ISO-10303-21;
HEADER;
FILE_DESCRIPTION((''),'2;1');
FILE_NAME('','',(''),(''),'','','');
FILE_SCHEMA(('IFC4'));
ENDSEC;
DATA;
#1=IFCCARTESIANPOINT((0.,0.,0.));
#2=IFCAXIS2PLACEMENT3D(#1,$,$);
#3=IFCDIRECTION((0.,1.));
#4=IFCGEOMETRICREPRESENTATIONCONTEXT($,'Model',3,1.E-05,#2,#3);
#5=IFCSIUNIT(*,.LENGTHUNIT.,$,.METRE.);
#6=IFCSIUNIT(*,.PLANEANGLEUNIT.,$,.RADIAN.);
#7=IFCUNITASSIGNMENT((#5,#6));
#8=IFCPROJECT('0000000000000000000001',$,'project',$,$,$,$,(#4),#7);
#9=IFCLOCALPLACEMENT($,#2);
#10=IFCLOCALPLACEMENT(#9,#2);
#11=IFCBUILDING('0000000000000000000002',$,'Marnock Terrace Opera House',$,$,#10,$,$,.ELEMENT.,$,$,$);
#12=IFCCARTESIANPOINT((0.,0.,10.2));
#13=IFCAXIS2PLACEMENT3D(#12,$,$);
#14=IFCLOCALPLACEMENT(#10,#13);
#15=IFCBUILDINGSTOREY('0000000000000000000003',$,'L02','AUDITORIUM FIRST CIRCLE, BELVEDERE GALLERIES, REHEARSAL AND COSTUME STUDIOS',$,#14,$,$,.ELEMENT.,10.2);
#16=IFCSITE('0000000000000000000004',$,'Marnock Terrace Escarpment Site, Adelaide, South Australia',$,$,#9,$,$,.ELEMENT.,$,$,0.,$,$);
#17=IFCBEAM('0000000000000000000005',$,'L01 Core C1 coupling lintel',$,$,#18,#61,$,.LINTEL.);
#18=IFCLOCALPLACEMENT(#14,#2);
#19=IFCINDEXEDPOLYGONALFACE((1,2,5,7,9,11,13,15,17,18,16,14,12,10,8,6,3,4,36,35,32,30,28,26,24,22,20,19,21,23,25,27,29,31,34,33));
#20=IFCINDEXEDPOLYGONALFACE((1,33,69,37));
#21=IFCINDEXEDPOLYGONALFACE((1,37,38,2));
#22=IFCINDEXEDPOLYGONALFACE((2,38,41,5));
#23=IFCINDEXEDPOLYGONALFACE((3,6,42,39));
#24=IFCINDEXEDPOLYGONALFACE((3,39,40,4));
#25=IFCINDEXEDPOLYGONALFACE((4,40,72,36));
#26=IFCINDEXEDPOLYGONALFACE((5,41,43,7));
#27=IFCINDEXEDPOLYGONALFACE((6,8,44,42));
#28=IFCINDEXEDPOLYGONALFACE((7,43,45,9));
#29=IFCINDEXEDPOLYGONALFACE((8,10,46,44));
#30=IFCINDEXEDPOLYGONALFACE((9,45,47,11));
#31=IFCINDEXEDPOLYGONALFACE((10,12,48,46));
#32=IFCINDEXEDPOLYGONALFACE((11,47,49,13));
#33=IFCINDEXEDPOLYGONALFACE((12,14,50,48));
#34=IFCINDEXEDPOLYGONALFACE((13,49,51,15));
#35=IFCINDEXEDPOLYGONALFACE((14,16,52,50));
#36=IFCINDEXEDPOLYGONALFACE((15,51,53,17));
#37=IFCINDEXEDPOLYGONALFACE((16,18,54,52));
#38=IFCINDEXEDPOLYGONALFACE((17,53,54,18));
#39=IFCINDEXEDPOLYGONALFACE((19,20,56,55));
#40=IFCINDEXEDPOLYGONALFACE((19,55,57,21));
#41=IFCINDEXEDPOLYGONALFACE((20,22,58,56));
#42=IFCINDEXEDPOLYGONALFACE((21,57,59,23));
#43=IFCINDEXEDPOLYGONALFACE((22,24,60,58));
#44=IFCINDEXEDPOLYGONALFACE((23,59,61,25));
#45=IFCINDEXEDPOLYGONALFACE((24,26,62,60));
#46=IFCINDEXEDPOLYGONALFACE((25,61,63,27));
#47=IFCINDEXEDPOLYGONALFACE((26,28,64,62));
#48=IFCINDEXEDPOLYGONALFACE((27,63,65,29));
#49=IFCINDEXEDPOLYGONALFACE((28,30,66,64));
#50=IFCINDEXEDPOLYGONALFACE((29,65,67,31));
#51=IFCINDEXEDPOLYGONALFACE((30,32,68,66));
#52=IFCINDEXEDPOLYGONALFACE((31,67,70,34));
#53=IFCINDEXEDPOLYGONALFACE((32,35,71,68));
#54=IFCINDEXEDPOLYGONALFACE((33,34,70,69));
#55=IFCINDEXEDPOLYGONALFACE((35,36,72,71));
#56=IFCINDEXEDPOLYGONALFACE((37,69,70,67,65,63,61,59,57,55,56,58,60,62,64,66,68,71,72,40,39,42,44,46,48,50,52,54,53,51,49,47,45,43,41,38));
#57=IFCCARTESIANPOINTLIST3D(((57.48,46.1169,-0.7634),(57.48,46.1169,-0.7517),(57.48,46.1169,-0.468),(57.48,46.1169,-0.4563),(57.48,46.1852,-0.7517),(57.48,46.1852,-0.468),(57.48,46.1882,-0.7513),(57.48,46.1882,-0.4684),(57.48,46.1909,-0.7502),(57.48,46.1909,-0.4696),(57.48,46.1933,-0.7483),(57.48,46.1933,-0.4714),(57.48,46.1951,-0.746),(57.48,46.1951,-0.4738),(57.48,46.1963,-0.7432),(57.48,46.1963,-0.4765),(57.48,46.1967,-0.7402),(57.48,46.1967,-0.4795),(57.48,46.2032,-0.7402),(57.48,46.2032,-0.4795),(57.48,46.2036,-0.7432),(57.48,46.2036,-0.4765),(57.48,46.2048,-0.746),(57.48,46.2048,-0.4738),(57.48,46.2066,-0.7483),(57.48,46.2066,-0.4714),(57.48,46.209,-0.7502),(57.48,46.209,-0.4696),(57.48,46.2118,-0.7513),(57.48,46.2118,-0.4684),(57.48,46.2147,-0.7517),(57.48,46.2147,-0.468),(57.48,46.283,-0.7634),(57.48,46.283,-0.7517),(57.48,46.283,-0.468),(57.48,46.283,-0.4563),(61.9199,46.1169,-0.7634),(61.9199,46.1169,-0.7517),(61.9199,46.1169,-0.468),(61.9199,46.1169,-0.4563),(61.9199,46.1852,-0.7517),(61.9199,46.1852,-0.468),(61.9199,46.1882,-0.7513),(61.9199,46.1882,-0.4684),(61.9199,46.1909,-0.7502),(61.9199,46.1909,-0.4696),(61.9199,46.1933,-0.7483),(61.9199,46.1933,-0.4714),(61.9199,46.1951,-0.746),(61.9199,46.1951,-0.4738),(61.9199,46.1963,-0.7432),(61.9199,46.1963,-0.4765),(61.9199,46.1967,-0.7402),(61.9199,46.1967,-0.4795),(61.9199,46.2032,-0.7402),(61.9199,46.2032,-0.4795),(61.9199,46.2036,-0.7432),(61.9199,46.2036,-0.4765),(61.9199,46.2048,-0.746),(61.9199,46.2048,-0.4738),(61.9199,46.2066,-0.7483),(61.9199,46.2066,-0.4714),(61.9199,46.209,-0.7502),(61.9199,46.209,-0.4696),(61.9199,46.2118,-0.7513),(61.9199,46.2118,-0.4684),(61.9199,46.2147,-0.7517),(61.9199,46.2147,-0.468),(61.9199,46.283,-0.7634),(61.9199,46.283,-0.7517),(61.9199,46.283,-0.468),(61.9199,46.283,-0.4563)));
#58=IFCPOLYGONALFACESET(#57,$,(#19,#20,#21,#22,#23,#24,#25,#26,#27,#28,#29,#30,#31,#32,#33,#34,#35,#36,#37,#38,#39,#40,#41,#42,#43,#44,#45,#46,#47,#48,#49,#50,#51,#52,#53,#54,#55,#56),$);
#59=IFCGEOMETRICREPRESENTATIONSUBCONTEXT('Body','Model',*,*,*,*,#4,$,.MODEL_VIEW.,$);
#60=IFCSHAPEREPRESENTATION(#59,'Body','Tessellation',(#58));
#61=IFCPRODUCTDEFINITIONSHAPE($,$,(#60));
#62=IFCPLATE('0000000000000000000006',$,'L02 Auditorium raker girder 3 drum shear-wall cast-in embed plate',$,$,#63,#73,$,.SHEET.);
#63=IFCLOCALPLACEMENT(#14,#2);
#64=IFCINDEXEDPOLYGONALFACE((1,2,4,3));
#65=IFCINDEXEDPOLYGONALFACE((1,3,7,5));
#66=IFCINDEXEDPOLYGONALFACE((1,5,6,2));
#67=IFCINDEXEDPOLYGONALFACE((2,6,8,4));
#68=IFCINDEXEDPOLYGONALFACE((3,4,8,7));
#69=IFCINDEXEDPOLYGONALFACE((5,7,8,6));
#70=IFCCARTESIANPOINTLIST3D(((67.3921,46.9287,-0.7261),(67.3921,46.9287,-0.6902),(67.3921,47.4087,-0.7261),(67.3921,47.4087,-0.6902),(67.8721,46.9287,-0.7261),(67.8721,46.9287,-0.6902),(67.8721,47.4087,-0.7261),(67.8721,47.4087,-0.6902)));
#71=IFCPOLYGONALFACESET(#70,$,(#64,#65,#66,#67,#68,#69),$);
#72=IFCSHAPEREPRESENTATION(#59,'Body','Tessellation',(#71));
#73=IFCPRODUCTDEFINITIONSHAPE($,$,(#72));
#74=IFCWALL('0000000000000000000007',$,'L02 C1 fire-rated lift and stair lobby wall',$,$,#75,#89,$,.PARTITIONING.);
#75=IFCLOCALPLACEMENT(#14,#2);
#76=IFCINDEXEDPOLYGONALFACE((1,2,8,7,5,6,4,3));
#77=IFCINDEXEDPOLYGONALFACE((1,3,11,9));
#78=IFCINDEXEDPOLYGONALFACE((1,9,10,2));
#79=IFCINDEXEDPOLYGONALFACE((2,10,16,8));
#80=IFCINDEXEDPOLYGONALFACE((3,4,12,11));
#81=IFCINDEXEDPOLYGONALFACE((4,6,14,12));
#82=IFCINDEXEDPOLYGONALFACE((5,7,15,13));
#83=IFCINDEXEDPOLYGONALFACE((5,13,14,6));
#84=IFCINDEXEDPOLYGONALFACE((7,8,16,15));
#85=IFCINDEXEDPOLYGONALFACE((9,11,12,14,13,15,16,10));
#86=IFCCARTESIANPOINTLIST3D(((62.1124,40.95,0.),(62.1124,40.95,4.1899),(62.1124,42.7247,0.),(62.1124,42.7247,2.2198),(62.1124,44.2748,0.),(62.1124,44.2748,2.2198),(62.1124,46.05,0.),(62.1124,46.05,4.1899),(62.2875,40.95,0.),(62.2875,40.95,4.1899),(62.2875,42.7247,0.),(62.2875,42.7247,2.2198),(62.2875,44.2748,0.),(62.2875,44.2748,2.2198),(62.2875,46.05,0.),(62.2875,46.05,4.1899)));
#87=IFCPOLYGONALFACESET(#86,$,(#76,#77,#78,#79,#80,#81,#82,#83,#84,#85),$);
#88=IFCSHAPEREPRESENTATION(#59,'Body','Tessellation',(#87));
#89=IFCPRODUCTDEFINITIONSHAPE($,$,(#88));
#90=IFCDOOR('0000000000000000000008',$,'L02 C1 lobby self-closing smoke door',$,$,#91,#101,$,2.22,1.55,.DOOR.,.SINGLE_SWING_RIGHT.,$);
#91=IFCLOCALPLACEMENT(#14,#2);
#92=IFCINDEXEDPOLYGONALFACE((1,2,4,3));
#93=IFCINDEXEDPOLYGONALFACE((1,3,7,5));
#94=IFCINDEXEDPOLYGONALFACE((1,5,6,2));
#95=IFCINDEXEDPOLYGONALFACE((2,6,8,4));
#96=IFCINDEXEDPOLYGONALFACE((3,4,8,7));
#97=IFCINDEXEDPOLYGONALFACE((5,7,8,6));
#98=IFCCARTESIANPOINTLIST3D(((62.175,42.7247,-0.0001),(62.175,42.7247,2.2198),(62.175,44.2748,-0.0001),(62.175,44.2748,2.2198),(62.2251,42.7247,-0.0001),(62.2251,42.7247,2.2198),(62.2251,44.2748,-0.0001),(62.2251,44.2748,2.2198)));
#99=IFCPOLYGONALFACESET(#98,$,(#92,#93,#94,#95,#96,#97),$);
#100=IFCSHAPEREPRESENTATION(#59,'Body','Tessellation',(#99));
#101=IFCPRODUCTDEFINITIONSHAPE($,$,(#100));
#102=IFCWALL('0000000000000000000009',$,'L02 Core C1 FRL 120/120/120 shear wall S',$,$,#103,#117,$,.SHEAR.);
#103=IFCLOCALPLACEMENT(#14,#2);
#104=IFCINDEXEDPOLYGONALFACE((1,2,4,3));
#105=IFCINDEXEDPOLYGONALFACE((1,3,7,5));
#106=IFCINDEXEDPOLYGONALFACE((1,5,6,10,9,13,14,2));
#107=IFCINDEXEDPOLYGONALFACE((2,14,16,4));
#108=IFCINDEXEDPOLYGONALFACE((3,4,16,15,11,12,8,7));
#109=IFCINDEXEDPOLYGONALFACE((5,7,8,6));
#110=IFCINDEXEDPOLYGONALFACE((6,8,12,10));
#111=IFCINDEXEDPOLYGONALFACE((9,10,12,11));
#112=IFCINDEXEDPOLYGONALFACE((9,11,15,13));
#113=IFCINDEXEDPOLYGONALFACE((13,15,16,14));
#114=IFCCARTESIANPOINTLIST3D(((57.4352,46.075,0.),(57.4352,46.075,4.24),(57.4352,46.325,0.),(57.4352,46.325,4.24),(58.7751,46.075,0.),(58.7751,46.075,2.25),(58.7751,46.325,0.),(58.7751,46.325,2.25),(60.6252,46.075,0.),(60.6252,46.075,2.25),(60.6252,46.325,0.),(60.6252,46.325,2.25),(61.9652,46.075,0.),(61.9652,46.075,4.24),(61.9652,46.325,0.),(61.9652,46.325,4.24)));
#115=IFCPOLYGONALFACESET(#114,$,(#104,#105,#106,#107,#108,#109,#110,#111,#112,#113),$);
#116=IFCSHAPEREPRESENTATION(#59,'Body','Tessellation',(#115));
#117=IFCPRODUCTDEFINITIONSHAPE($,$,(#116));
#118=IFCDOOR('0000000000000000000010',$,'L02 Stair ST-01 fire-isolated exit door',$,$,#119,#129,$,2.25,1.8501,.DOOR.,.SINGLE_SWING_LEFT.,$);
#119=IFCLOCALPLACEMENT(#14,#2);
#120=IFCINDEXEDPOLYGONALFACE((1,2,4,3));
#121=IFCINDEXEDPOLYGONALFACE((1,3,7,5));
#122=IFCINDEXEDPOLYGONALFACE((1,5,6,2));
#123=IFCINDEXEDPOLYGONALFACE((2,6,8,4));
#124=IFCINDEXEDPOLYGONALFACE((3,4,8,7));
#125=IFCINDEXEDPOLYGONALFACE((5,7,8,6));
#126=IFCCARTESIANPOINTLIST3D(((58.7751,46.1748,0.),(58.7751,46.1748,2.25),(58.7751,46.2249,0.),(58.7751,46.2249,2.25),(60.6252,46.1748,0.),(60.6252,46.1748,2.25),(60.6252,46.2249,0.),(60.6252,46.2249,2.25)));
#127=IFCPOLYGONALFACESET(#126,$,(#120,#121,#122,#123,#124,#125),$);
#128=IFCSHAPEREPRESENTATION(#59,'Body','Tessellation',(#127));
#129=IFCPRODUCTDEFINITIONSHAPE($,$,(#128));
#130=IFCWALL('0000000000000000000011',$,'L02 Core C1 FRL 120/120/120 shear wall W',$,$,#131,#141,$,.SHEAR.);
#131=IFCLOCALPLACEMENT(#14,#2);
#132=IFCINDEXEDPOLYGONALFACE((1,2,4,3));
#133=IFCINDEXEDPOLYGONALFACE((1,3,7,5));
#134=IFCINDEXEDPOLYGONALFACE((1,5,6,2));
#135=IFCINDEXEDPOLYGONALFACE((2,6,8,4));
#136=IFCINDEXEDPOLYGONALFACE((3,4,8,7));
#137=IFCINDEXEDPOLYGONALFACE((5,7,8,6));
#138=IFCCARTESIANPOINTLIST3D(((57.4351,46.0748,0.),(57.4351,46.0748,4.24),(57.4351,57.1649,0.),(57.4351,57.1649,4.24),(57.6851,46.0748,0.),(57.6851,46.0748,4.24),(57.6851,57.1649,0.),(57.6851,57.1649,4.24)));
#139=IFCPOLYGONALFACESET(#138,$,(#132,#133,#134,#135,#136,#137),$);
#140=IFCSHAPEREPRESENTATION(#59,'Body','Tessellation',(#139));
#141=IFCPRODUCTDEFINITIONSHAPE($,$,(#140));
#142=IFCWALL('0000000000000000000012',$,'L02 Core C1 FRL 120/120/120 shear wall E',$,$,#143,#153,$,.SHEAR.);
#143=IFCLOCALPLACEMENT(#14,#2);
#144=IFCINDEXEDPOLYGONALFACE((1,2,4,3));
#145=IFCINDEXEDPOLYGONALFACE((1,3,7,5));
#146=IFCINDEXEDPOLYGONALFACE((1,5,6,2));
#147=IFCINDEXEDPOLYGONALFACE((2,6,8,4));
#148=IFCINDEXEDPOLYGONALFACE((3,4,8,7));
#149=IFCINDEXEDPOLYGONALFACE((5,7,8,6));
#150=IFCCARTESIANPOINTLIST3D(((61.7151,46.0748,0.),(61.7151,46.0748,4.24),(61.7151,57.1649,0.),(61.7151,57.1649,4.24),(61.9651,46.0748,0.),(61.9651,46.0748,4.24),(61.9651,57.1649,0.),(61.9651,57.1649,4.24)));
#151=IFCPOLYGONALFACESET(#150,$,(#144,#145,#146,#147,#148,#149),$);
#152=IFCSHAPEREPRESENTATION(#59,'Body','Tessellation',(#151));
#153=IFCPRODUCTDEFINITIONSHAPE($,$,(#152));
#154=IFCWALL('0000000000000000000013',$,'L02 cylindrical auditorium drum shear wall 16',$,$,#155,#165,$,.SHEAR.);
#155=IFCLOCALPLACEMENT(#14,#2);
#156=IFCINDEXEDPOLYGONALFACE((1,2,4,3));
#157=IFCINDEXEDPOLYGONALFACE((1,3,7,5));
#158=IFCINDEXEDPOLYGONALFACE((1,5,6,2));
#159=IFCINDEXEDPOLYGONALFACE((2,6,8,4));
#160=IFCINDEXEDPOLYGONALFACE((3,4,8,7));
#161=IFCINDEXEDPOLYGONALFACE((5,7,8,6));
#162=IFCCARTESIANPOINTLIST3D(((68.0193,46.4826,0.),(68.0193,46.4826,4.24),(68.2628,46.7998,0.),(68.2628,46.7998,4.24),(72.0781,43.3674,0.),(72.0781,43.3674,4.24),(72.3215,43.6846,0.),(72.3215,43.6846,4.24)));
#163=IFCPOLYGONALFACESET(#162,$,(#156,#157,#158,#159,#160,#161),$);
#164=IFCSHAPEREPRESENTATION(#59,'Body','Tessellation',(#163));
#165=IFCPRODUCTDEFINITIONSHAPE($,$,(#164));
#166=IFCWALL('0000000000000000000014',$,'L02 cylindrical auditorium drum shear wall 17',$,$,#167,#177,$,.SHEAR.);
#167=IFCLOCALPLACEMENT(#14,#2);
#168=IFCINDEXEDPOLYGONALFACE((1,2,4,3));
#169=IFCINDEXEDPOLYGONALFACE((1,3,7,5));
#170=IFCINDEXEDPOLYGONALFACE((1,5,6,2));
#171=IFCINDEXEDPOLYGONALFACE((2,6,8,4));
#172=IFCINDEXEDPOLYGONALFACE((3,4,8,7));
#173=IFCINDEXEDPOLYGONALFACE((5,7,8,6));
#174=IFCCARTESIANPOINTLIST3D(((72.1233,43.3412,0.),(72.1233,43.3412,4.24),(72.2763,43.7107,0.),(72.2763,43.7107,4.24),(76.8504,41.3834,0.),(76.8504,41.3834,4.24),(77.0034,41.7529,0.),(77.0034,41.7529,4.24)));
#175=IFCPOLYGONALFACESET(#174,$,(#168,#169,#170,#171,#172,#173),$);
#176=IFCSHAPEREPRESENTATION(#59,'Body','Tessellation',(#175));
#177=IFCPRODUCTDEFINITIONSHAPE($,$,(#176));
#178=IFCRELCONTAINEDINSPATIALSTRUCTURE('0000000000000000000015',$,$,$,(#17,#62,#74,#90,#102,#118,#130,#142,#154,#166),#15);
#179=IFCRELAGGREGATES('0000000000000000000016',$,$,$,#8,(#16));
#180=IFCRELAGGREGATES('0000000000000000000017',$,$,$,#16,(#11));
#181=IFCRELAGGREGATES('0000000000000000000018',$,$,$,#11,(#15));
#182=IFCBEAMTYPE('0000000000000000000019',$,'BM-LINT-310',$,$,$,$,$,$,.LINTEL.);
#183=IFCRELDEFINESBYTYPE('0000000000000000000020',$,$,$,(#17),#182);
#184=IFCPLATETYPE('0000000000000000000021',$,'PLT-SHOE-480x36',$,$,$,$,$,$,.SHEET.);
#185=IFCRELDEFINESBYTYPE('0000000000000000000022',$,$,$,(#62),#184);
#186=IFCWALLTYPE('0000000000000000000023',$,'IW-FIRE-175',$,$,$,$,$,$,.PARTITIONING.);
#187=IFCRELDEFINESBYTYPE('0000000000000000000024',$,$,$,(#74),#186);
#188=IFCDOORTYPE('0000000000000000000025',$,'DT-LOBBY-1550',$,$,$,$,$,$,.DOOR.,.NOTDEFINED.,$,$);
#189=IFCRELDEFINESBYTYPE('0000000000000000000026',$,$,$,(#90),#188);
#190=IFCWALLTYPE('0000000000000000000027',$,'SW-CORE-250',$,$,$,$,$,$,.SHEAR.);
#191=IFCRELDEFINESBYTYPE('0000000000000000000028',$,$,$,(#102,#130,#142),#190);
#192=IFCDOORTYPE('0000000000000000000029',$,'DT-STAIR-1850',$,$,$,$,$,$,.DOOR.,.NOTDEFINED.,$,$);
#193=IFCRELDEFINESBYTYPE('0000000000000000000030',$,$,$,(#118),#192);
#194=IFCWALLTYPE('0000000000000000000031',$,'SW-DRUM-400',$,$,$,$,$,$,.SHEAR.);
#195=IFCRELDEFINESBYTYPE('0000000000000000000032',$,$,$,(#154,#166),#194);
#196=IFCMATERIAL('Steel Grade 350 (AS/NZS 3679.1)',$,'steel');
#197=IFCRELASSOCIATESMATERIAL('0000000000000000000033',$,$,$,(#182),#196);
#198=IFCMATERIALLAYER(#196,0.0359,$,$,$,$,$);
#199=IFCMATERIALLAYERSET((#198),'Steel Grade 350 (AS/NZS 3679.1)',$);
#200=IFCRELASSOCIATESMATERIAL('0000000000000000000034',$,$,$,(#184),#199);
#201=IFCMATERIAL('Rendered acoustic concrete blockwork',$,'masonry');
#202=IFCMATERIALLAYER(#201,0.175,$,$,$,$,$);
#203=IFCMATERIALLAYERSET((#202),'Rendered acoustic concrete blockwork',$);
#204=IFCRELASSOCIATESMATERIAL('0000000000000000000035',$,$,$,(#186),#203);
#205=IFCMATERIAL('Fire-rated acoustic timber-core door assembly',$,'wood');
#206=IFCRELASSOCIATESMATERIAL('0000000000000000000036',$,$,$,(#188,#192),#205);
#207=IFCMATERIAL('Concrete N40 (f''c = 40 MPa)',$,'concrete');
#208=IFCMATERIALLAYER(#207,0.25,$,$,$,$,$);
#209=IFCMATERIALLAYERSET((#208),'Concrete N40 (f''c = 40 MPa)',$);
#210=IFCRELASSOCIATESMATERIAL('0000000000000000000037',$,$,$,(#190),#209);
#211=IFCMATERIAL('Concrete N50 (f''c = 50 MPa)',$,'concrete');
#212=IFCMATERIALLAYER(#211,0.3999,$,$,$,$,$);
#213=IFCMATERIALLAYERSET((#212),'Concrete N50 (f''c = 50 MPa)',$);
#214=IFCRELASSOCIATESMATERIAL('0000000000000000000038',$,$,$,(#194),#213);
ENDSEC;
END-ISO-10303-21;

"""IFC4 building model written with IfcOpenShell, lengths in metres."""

from ifc_helpers import new_model, si_unit, direction, frame, frame_2d, origin, origin_2d, place, context, subcontext, project, spatial, rectangle, i_section, extrude, material, layer, layer_set, material_profile, profile_set, type_object, element, fill, save


model = new_model("IFC4")

# Units and contexts
model_context = context("Model", 3, precision=1e-05, world=origin(), true_north=direction((0.0, 1.0)))
body_context = subcontext(model_context, "Body", "Model", "MODEL_VIEW")
ifc_project = project(units=[si_unit("LENGTHUNIT", "METRE"), si_unit("PLANEANGLEUNIT", "RADIAN")], contexts=[model_context])

# Site, building, storey
site_placement = place(None, origin())
site = spatial("IfcSite", under=ifc_project, at=site_placement, Name="Marnock Terrace Escarpment Site, Adelaide, South Australia", CompositionType="ELEMENT", RefElevation=0.0)
building_placement = place(site_placement, origin())
building = spatial("IfcBuilding", under=site, at=building_placement, Name="Marnock Terrace Opera House", CompositionType="ELEMENT")
storey_placement = place(building_placement, frame((0.0, 0.0, 10.2)))
storey = spatial("IfcBuildingStorey", under=building, at=storey_placement, Name="L02", Description="AUDITORIUM FIRST CIRCLE, BELVEDERE GALLERIES, REHEARSAL AND COSTUME STUDIOS", CompositionType="ELEMENT", Elevation=10.2)

# Shared definitions
ifc_material_1 = material(Name="Concrete N50 (f'c = 50 MPa)", Category="concrete")

# Beam
ifc_material_2 = material(Name="Steel Grade 350 (AS/NZS 3679.1)", Category="steel")
ifc_material_profile_1 = material_profile(ifc_material_2, i_section(OverallWidth=0.166, OverallDepth=0.3071, WebThickness=0.0066, FlangeThickness=0.0117, FilletRadius=0.0115, at=origin_2d()))
ifc_profile_set_1 = profile_set([ifc_material_profile_1], Name="Steel Grade 350 (AS/NZS 3679.1)")
beam_type_1 = type_object("IfcBeamType", Name="BM-LINT-310", PredefinedType="LINTEL", material=ifc_profile_set_1)
beam_1_placement = place(storey_placement, frame((57.48, 46.2, -0.6099), z_axis=(1.0, 0.0, 0.0), x_axis=(0.0, 1.0, 0.0)))
element("IfcBeam", 1, at=beam_1_placement, inside=storey, type_object=beam_type_1, Name="L01 Core C1 coupling lintel", PredefinedType="LINTEL", context=body_context, shape_type="SweptSolid", body=[
    extrude(i_section(OverallWidth=0.166, OverallDepth=0.3071, WebThickness=0.0066, FlangeThickness=0.0117, FilletRadius=0.0115, at=origin_2d()), origin(), (0.0, 0.0, 1.0), 4.4399),
])

# Plate
ifc_layer_1 = layer(ifc_material_2, 0.0359)
ifc_layer_set_1 = layer_set([ifc_layer_1], Name="Steel Grade 350 (AS/NZS 3679.1)")
plate_type = type_object("IfcPlateType", Name="PLT-SHOE-480x36", PredefinedType="SHEET", material=ifc_layer_set_1)
plate_placement = place(storey_placement, frame((67.6321, 47.1687, -0.7261), z_axis=(0.0, 0.0, 1.0), x_axis=(1.0, 0.0, 0.0)))
element("IfcPlate", 2, at=plate_placement, inside=storey, type_object=plate_type, Name="L02 Auditorium raker girder 3 drum shear-wall cast-in embed plate", PredefinedType="SHEET", context=body_context, shape_type="SweptSolid", body=[
    extrude(rectangle(XDim=0.48, YDim=0.48, at=origin_2d()), origin(), (0.0, 0.0, 1.0), 0.0359),
])

# Walls, openings, doors
ifc_material_3 = material(Name="Rendered acoustic concrete blockwork", Category="masonry")
ifc_layer_2 = layer(ifc_material_3, 0.175)
ifc_layer_set_2 = layer_set([ifc_layer_2], Name="Rendered acoustic concrete blockwork")
wall_type_1 = type_object("IfcWallType", Name="IW-FIRE-175", PredefinedType="PARTITIONING", material=ifc_layer_set_2)
wall_1_placement = place(storey_placement, frame((62.2, 40.95, 0.0), z_axis=(0.0, 0.0, 1.0), x_axis=(0.0, 1.0, 0.0)))
wall_1 = element("IfcWall", 3, at=wall_1_placement, inside=storey, type_object=wall_type_1, Name="L02 C1 fire-rated lift and stair lobby wall", PredefinedType="PARTITIONING", context=body_context, shape_type="SweptSolid", body=[
    extrude(rectangle(XDim=5.1001, YDim=0.175, at=frame_2d((2.55, 0.0))), origin(), (0.0, 0.0, 1.0), 4.1899),
])
opening_1_placement = place(wall_1_placement, frame((1.7749, 0.0, 0.0)))
opening_1 = element("IfcOpeningElement", 4, at=opening_1_placement, cuts=wall_1, PredefinedType="OPENING", context=body_context, shape_type="SweptSolid", body=[
    extrude(rectangle(XDim=1.55, YDim=2.22, at=frame_2d((0.7749, 1.1099))), frame((0.0, 0.0974, 0.0), z_axis=(0.0, -1.0, 0.0), x_axis=(1.0, 0.0, 0.0)), (0.0, 0.0, 1.0), 0.1951),
])
ifc_material_4 = material(Name="Fire-rated acoustic timber-core door assembly", Category="wood")
door_type_1 = type_object("IfcDoorType", Name="DT-LOBBY-1550", OperationType="NOTDEFINED", PredefinedType="DOOR", material=ifc_material_4)
door_1_placement = place(opening_1_placement, origin())
door_1 = element("IfcDoor", 5, at=door_1_placement, inside=storey, type_object=door_type_1, Name="L02 C1 lobby self-closing smoke door", OperationType="SINGLE_SWING_RIGHT", OverallHeight=2.22, OverallWidth=1.55, PredefinedType="DOOR", context=body_context, shape_type="SweptSolid", body=[
    extrude(rectangle(XDim=1.55, YDim=2.22, at=frame_2d((0.7749, 1.1099))), frame((0.0, 0.0249, 0.0), z_axis=(0.0, -1.0, 0.0), x_axis=(1.0, 0.0, 0.0)), (0.0, 0.0, 1.0), 0.05),
])
fill(opening_1, door_1)
ifc_material_5 = material(Name="Concrete N40 (f'c = 40 MPa)", Category="concrete")
ifc_layer_3 = layer(ifc_material_5, 0.25)
ifc_layer_set_3 = layer_set([ifc_layer_3], Name="Concrete N40 (f'c = 40 MPa)")
wall_type_2 = type_object("IfcWallType", Name="SW-CORE-250", PredefinedType="SHEAR", material=ifc_layer_set_3)
wall_2_placement = place(storey_placement, frame((57.4351, 46.2, 0.0), z_axis=(0.0, 0.0, 1.0), x_axis=(1.0, 0.0, 0.0)))
wall_2 = element("IfcWall", 6, at=wall_2_placement, inside=storey, type_object=wall_type_2, Name="L02 Core C1 FRL 120/120/120 shear wall S", PredefinedType="SHEAR", context=body_context, shape_type="SweptSolid", body=[
    extrude(rectangle(XDim=4.53, YDim=0.25, at=frame_2d((2.2651, 0.0))), origin(), (0.0, 0.0, 1.0), 4.24),
])
opening_2_placement = place(wall_2_placement, frame((1.3401, 0.0, 0.0)))
opening_2 = element("IfcOpeningElement", 7, at=opening_2_placement, cuts=wall_2, PredefinedType="OPENING", context=body_context, shape_type="SweptSolid", body=[
    extrude(rectangle(XDim=1.8501, YDim=2.25, at=frame_2d((0.925, 1.125))), frame((0.0, 0.135, 0.0), z_axis=(0.0, -1.0, 0.0), x_axis=(1.0, 0.0, 0.0)), (0.0, 0.0, 1.0), 0.27),
])
door_type_2 = type_object("IfcDoorType", Name="DT-STAIR-1850", OperationType="NOTDEFINED", PredefinedType="DOOR", material=ifc_material_4)
door_2_placement = place(opening_2_placement, origin())
door_2 = element("IfcDoor", 8, at=door_2_placement, inside=storey, type_object=door_type_2, Name="L02 Stair ST-01 fire-isolated exit door", OperationType="SINGLE_SWING_LEFT", OverallHeight=2.25, OverallWidth=1.8501, PredefinedType="DOOR", context=body_context, shape_type="SweptSolid", body=[
    extrude(rectangle(XDim=1.8501, YDim=2.25, at=frame_2d((0.925, 1.125))), frame((0.0, 0.0249, 0.0), z_axis=(0.0, -1.0, 0.0), x_axis=(1.0, 0.0, 0.0)), (0.0, 0.0, 1.0), 0.05),
])
fill(opening_2, door_2)

# Walls
for number, where, z_axis, x_axis, name in (
    (9, (57.5601, 46.075, 0.0), (0.0, 0.0, 1.0), (0.0, 1.0, 0.0), "L02 Core C1 FRL 120/120/120 shear wall W"),
    (10, (61.8401, 46.075, 0.0), (0.0, 0.0, 1.0), (0.0, 1.0, 0.0), "L02 Core C1 FRL 120/120/120 shear wall E"),
):
    element("IfcWall", number, at=place(storey_placement, frame(where, z_axis=z_axis, x_axis=x_axis)), inside=storey, type_object=wall_type_2, Name=name, PredefinedType="SHEAR", context=body_context, shape_type="SweptSolid", body=[
        extrude(rectangle(XDim=11.0901, YDim=0.25, at=frame_2d((5.5449, 0.0))), origin(), (0.0, 0.0, 1.0), 4.24),
    ])
ifc_layer_4 = layer(ifc_material_1, 0.3999)
ifc_layer_set_4 = layer_set([ifc_layer_4], Name="Concrete N50 (f'c = 50 MPa)")
wall_type_3 = type_object("IfcWallType", Name="SW-DRUM-400", PredefinedType="SHEAR", material=ifc_layer_set_4)
for number, where, z_axis, x_axis, name in (
    (11, (68.1411, 46.6411, 0.0), (0.0, 0.0, 1.0), (0.79328, -0.608857, 0.0), "L02 cylindrical auditorium drum shear wall 16"),
    (12, (72.2, 43.5259, 0.0), (0.0, 0.0, 1.0), (0.923896, -0.382643, 0.0), "L02 cylindrical auditorium drum shear wall 17"),
):
    element("IfcWall", number, at=place(storey_placement, frame(where, z_axis=z_axis, x_axis=x_axis)), inside=storey, type_object=wall_type_3, Name=name, PredefinedType="SHEAR", context=body_context, shape_type="SweptSolid", body=[
        extrude(rectangle(XDim=5.1165, YDim=0.3999, at=frame_2d((2.5581, 0.0))), origin(), (0.0, 0.0, 1.0), 4.24),
    ])

save(model, "model.ifc")
